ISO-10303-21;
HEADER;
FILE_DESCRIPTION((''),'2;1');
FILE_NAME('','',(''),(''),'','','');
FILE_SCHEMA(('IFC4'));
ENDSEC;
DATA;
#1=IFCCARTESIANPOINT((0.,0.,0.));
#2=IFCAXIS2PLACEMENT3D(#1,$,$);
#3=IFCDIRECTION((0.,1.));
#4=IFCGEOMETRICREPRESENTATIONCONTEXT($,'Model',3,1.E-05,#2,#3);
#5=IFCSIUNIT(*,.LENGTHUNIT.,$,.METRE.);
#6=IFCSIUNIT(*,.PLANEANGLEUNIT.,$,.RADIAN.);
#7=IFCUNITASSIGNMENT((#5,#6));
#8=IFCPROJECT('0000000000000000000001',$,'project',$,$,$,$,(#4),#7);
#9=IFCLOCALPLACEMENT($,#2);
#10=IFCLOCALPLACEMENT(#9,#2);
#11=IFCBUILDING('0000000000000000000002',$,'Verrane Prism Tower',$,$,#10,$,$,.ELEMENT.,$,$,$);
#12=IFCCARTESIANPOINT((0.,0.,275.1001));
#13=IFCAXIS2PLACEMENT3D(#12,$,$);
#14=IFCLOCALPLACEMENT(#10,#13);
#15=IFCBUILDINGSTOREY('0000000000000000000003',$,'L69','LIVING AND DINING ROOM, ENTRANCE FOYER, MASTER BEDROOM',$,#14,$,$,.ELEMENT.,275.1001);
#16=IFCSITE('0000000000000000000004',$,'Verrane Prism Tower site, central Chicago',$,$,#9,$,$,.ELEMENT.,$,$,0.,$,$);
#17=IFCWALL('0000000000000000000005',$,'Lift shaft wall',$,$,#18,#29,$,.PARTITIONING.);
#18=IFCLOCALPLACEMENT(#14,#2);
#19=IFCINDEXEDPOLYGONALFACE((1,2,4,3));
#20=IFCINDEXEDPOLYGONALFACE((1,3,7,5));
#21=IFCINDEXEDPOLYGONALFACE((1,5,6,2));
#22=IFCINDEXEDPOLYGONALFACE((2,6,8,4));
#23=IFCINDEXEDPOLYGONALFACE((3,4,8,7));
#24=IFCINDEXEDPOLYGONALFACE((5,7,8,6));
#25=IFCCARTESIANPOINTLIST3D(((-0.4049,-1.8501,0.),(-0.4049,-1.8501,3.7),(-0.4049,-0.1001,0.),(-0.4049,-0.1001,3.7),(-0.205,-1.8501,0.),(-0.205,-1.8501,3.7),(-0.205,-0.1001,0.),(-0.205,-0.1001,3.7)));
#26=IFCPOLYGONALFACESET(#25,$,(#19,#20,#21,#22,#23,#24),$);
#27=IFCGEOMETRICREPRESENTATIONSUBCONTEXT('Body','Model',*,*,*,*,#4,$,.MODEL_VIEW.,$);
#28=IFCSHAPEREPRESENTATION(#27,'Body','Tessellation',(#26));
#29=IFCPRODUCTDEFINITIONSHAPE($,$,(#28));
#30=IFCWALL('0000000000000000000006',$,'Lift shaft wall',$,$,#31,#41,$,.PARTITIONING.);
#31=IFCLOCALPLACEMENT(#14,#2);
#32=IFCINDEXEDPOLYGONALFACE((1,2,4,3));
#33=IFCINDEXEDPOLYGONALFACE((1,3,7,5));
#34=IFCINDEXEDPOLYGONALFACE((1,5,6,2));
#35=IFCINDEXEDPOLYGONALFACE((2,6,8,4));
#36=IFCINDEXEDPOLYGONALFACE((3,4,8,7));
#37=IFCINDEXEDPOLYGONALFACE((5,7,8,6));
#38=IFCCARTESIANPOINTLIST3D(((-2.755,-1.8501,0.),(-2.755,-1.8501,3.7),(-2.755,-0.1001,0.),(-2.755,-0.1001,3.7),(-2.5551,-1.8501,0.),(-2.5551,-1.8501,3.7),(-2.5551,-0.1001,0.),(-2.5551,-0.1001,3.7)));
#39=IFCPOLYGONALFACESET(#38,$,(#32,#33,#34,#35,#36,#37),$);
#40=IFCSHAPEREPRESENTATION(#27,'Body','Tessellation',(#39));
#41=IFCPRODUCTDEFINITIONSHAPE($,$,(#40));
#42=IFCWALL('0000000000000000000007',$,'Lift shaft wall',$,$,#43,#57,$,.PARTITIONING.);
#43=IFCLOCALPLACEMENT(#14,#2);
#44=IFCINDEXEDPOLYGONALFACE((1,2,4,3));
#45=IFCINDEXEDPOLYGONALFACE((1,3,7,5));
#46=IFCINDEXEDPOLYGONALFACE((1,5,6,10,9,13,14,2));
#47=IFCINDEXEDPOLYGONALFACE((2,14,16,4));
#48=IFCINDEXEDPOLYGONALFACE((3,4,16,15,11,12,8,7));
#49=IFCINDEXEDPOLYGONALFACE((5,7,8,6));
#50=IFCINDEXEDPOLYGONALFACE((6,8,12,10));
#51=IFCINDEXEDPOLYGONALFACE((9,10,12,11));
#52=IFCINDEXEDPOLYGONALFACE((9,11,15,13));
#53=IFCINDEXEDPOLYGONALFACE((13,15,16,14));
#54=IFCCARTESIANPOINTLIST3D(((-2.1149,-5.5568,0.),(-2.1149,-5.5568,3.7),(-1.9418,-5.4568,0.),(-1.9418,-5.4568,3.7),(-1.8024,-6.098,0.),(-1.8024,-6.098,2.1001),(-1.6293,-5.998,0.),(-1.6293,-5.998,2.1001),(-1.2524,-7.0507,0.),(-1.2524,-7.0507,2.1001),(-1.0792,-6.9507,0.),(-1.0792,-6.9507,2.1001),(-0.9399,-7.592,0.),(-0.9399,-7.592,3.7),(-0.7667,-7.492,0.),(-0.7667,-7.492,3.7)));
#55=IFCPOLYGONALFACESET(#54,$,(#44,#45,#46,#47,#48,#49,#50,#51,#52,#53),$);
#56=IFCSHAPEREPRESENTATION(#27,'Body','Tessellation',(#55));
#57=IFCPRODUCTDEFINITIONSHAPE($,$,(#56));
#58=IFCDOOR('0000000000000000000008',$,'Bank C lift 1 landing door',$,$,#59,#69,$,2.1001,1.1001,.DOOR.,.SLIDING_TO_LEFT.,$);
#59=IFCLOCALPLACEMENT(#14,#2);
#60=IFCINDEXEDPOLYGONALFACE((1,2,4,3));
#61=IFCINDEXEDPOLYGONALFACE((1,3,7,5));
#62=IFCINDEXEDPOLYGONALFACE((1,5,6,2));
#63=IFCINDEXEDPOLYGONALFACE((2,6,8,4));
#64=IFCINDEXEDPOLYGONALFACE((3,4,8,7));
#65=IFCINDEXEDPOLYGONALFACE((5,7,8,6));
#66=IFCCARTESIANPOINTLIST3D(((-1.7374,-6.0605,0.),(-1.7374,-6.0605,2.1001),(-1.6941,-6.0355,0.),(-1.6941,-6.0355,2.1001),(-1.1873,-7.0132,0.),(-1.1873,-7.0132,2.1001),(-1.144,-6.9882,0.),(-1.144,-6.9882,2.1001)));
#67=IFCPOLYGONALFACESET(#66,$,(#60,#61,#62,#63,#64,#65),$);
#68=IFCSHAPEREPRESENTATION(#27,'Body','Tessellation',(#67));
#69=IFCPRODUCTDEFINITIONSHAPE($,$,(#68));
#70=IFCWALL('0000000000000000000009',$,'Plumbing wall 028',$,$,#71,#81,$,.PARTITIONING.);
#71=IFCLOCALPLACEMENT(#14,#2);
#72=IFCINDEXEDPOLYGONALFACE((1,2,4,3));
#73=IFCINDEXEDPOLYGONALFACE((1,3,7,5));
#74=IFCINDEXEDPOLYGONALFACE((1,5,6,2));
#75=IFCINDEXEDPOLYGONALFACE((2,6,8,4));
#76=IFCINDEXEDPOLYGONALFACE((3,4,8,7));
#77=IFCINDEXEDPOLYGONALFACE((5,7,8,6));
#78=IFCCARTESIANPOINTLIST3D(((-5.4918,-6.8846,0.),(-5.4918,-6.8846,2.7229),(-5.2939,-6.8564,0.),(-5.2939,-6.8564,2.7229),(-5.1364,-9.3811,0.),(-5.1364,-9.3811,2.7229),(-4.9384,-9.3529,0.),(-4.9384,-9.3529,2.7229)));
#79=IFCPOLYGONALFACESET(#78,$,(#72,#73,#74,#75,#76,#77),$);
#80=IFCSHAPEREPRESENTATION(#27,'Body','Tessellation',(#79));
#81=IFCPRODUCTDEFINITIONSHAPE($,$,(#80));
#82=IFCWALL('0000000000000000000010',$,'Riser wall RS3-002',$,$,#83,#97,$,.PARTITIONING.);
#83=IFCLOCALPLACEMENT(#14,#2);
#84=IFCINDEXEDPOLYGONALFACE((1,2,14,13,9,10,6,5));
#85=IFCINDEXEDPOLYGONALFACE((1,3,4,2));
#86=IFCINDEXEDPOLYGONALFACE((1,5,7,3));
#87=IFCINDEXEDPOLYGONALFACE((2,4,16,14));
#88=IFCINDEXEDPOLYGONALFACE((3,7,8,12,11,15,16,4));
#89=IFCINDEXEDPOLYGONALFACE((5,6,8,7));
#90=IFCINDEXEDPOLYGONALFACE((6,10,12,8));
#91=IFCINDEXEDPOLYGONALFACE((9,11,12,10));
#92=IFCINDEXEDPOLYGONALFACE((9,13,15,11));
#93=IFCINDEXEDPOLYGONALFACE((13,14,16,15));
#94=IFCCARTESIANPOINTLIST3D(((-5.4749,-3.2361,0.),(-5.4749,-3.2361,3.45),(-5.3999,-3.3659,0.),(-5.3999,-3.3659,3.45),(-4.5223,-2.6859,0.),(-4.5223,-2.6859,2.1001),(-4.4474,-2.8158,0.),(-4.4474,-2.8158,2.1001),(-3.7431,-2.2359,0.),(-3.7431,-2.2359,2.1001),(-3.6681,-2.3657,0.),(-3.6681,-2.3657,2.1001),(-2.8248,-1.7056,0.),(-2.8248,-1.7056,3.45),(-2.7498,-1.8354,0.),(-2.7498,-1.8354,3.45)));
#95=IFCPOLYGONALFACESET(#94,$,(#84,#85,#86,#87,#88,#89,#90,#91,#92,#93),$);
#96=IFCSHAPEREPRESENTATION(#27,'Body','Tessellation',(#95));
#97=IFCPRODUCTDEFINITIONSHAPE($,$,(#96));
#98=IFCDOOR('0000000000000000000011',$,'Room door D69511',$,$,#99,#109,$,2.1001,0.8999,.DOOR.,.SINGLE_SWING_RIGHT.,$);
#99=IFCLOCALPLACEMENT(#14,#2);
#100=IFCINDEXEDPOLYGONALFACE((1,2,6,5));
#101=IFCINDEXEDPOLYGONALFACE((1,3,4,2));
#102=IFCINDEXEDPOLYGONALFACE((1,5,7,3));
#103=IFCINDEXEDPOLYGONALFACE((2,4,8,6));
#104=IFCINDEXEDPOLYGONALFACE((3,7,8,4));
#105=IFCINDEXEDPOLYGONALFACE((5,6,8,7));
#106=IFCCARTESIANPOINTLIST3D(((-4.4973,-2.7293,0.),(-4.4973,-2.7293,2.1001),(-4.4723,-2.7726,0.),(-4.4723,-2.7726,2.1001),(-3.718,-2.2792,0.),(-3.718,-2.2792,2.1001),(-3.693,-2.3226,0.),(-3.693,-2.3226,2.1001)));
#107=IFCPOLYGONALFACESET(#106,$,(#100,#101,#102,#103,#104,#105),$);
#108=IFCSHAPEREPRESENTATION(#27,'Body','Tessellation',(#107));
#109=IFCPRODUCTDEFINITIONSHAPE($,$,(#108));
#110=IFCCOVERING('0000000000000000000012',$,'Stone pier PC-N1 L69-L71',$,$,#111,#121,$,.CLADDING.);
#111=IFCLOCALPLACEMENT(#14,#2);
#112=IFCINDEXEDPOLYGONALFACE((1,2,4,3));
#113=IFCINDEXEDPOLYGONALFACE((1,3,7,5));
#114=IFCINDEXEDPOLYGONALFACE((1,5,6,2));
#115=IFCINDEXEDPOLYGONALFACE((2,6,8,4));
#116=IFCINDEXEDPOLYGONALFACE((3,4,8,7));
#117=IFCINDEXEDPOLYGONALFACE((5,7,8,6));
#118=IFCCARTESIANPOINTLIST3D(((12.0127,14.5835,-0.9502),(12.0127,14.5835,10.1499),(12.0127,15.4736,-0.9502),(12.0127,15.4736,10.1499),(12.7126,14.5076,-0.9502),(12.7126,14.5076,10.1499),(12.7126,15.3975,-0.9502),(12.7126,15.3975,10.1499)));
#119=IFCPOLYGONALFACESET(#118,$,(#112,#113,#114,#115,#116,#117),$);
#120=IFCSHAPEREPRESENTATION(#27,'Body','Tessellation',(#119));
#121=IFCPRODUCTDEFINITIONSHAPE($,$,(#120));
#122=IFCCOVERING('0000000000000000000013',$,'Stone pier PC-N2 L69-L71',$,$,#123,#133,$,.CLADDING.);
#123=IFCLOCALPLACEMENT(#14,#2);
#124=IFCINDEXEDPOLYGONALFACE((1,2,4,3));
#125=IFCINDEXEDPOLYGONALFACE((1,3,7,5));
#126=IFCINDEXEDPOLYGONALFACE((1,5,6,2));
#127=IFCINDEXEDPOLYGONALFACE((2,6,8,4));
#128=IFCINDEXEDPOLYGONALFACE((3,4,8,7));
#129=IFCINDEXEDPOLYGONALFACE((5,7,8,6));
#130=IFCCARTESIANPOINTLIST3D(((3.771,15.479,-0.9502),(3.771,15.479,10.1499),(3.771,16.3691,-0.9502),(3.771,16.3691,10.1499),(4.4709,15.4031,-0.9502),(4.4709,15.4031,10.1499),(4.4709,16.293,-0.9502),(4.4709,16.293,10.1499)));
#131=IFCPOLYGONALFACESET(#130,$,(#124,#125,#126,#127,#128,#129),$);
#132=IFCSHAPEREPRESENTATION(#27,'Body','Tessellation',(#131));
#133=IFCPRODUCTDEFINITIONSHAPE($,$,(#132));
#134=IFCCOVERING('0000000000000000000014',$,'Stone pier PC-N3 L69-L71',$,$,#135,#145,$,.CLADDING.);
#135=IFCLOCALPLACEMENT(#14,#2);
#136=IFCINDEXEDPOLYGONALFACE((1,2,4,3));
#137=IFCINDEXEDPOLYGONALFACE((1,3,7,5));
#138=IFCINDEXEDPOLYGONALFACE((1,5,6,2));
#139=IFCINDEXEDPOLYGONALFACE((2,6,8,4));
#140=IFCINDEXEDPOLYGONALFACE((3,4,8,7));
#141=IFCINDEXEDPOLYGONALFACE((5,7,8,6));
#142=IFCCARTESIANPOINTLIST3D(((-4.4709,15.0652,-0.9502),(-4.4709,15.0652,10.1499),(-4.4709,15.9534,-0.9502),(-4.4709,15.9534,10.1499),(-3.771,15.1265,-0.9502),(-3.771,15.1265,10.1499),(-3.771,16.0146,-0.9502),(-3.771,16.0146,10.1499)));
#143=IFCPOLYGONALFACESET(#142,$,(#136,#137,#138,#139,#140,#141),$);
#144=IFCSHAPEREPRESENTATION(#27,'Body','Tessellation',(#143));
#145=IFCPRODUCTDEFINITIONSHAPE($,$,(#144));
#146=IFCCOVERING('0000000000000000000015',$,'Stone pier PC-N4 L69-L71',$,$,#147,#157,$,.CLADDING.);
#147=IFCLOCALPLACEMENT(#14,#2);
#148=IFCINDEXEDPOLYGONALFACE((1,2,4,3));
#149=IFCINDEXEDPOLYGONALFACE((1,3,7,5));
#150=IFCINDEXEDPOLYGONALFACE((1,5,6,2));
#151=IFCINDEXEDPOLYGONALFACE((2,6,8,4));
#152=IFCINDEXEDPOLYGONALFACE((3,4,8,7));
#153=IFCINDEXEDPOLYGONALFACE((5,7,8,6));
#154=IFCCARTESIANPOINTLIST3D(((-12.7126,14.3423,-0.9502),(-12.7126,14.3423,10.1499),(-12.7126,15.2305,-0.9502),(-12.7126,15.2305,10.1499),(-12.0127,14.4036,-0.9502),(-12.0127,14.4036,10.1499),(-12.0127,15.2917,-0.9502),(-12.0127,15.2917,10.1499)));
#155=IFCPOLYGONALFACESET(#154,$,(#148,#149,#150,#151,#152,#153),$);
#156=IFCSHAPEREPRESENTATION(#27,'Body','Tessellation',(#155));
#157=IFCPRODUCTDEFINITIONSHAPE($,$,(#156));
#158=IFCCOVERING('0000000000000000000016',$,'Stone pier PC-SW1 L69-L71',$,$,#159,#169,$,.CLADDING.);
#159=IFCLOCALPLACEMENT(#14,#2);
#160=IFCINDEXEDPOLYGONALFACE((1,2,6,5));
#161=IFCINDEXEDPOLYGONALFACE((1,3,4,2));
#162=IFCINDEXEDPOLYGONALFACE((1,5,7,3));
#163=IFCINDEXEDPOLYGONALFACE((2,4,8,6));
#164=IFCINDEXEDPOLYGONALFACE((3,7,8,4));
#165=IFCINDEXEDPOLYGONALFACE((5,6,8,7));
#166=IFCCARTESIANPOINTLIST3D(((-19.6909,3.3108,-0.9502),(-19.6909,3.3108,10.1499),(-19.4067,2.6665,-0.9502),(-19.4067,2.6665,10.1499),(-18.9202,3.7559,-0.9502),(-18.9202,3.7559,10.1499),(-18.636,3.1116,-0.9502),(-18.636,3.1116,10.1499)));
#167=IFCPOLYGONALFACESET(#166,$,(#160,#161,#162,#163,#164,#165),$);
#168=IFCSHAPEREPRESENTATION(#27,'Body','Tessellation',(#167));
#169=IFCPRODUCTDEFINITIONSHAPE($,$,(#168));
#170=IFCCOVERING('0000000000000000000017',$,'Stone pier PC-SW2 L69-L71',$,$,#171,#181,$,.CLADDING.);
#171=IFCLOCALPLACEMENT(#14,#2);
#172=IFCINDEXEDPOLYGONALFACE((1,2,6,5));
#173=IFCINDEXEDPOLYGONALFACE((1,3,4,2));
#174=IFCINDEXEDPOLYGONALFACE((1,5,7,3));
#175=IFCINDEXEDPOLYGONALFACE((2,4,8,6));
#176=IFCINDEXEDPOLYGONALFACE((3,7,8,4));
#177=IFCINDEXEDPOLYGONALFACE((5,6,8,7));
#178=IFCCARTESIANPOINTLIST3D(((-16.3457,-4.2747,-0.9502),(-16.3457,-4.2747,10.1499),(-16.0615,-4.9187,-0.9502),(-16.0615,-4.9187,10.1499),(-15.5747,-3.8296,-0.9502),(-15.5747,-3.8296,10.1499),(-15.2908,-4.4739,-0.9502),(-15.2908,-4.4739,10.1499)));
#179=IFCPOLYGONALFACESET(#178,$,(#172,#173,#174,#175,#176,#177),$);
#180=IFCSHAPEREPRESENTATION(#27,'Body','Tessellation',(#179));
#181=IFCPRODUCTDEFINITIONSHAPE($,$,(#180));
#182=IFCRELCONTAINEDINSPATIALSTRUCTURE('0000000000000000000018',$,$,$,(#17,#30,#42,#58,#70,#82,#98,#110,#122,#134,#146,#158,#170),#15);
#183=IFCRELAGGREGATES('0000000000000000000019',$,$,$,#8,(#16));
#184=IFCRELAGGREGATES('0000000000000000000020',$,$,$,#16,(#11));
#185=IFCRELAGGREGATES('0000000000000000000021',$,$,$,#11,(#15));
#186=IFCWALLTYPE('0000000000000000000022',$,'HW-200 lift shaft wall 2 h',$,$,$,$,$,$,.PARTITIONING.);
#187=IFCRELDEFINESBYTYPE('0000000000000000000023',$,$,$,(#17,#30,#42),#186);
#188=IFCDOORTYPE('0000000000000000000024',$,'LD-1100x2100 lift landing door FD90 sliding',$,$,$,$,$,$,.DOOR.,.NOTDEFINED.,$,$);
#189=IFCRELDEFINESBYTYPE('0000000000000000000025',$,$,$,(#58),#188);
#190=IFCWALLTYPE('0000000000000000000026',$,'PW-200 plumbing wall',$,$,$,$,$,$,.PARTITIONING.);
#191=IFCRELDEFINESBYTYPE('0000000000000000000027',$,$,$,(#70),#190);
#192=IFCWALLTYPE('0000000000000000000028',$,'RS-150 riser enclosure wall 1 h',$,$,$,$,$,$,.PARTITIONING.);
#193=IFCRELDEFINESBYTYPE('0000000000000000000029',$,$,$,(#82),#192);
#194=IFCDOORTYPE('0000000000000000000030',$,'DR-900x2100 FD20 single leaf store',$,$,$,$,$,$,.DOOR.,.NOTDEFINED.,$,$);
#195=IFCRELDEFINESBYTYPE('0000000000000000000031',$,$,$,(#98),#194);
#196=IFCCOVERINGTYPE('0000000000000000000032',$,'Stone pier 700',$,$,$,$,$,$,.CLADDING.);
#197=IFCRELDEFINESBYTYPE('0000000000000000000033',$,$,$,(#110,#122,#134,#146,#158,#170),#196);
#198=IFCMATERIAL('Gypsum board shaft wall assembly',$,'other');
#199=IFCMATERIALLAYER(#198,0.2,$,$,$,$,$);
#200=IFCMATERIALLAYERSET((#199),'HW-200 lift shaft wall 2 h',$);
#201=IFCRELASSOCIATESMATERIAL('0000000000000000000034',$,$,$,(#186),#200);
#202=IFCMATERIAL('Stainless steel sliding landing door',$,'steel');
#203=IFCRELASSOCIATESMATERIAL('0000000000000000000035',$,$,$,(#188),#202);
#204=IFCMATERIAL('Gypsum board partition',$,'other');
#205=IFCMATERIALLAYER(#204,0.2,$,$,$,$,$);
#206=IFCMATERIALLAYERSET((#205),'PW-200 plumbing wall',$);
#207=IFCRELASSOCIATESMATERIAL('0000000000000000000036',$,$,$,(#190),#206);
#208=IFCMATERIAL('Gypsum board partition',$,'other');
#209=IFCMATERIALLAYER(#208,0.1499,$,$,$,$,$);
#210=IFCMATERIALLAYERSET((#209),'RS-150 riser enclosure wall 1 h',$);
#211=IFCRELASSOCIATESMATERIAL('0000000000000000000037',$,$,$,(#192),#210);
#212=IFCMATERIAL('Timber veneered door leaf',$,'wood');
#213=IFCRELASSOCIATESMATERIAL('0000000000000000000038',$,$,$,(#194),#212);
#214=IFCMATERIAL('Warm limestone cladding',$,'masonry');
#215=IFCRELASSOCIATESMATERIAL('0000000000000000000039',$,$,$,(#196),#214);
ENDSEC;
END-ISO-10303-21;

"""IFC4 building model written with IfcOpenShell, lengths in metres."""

from ifc_helpers import new_model, si_unit, direction, frame, frame_2d, origin, place, context, subcontext, project, spatial, polyline, rectangle, outline, extrude, material, layer, layer_set, type_object, element, fill, save


model = new_model("IFC4")

# Units and contexts
model_context = context("Model", 3, precision=1e-05, world=origin(), true_north=direction((0.0, 1.0)))
body_context = subcontext(model_context, "Body", "Model", "MODEL_VIEW")
ifc_project = project(units=[si_unit("LENGTHUNIT", "METRE"), si_unit("PLANEANGLEUNIT", "RADIAN")], contexts=[model_context])

# Site, building, storey
site_placement = place(None, origin())
site = spatial("IfcSite", under=ifc_project, at=site_placement, Name="Verrane Prism Tower site, central Chicago", CompositionType="ELEMENT", RefElevation=0.0)
building_placement = place(site_placement, origin())
building = spatial("IfcBuilding", under=site, at=building_placement, Name="Verrane Prism Tower", CompositionType="ELEMENT")
storey_placement = place(building_placement, frame((0.0, 0.0, 275.1001)))
storey = spatial("IfcBuildingStorey", under=building, at=storey_placement, Name="L69", Description="LIVING AND DINING ROOM, ENTRANCE FOYER, MASTER BEDROOM", CompositionType="ELEMENT", Elevation=275.1001)

# Shared definitions
ifc_material_1 = material(Name="Gypsum board shaft wall assembly", Category="other")
ifc_layer_1 = layer(ifc_material_1, 0.2)
ifc_layer_set_1 = layer_set([ifc_layer_1], Name="HW-200 lift shaft wall 2 h")
wall_type_1 = type_object("IfcWallType", Name="HW-200 lift shaft wall 2 h", PredefinedType="PARTITIONING", material=ifc_layer_set_1)
ifc_material_2 = material(Name="Stainless steel sliding landing door", Category="steel")
door_type_1 = type_object("IfcDoorType", Name="LD-1100x2100 lift landing door FD90 sliding", OperationType="NOTDEFINED", PredefinedType="DOOR", material=ifc_material_2)

# Walls
for number, where, z_axis, x_axis, name in (
    (1, (-0.3049, -1.8501, 0.0), (0.0, 0.0, 1.0), (0.0, 1.0, 0.0), "Lift shaft wall"),
    (2, (-2.655, -1.8501, 0.0), (0.0, 0.0, 1.0), (0.0, 1.0, 0.0), "Lift shaft wall"),
):
    element("IfcWall", number, at=place(storey_placement, frame(where, z_axis=z_axis, x_axis=x_axis)), inside=storey, type_object=wall_type_1, Name=name, PredefinedType="PARTITIONING", context=body_context, shape_type="SweptSolid", body=[
        extrude(rectangle(XDim=1.75, YDim=0.2, at=frame_2d((0.875, 0.0))), origin(), (0.0, 0.0, 1.0), 3.7),
    ])

# Wall, opening, door
wall_1_placement = place(storey_placement, frame((-0.8533, -7.542, 0.0), z_axis=(0.0, 0.0, 1.0), x_axis=(-0.500016, 0.866016, 0.0)))
wall_1 = element("IfcWall", 3, at=wall_1_placement, inside=storey, type_object=wall_type_1, Name="Lift shaft wall", PredefinedType="PARTITIONING", context=body_context, shape_type="SweptSolid", body=[
    extrude(rectangle(XDim=2.3501, YDim=0.2, at=frame_2d((1.175, 0.0))), origin(), (0.0, 0.0, 1.0), 3.7),
])
opening_1_placement = place(wall_1_placement, frame((0.625, 0.0, 0.0)))
opening_1 = element("IfcOpeningElement", 4, at=opening_1_placement, cuts=wall_1, PredefinedType="OPENING", context=body_context, shape_type="SweptSolid", body=[
    extrude(rectangle(XDim=1.1001, YDim=2.1001, at=frame_2d((0.55, 1.05))), frame((0.0, 0.1099, 0.0), z_axis=(0.0, -1.0, 0.0), x_axis=(1.0, 0.0, 0.0)), (0.0, 0.0, 1.0), 0.22),
])
door_1_placement = place(opening_1_placement, origin())
door_1 = element("IfcDoor", 5, at=door_1_placement, inside=storey, type_object=door_type_1, Name="Bank C lift 1 landing door", OperationType="SLIDING_TO_LEFT", OverallHeight=2.1001, OverallWidth=1.1001, PredefinedType="DOOR", context=body_context, shape_type="SweptSolid", body=[
    extrude(rectangle(XDim=1.1001, YDim=2.1001, at=frame_2d((0.55, 1.05))), frame((0.0, 0.0249, 0.0), z_axis=(0.0, -1.0, 0.0), x_axis=(1.0, 0.0, 0.0)), (0.0, 0.0, 1.0), 0.05),
])
fill(opening_1, door_1)

# Wall
ifc_material_3 = material(Name="Gypsum board partition", Category="other")
ifc_layer_2 = layer(ifc_material_3, 0.2)
ifc_layer_set_2 = layer_set([ifc_layer_2], Name="PW-200 plumbing wall")
wall_type_2 = type_object("IfcWallType", Name="PW-200 plumbing wall", PredefinedType="PARTITIONING", material=ifc_layer_set_2)
wall_2_placement = place(storey_placement, frame((-5.3928, -6.8706, 0.0), z_axis=(0.0, 0.0, 1.0), x_axis=(0.140961, -0.990015, 0.0)))
element("IfcWall", 6, at=wall_2_placement, inside=storey, type_object=wall_type_2, Name="Plumbing wall 028", PredefinedType="PARTITIONING", context=body_context, shape_type="SweptSolid", body=[
    extrude(rectangle(XDim=2.5217, YDim=0.2, at=frame_2d((1.2607, 0.0))), origin(), (0.0, 0.0, 1.0), 2.7229),
])

# Wall, opening, door
ifc_material_4 = material(Name="Gypsum board partition", Category="other")
ifc_layer_3 = layer(ifc_material_4, 0.1499)
ifc_layer_set_3 = layer_set([ifc_layer_3], Name="RS-150 riser enclosure wall 1 h")
wall_type_3 = type_object("IfcWallType", Name="RS-150 riser enclosure wall 1 h", PredefinedType="PARTITIONING", material=ifc_layer_set_3)
wall_3_placement = place(storey_placement, frame((-5.4375, -3.301, 0.0), z_axis=(0.0, 0.0, 1.0), x_axis=(0.865961, 0.500111, 0.0)))
wall_3 = element("IfcWall", 7, at=wall_3_placement, inside=storey, type_object=wall_type_3, Name="Riser wall RS3-002", PredefinedType="PARTITIONING", context=body_context, shape_type="SweptSolid", body=[
    extrude(rectangle(XDim=3.0603, YDim=0.1499, at=frame_2d((1.5303, 0.0))), origin(), (0.0, 0.0, 1.0), 3.45),
])
opening_2_placement = place(wall_3_placement, frame((1.1001, 0.0, 0.0)))
opening_2 = element("IfcOpeningElement", 8, at=opening_2_placement, cuts=wall_3, PredefinedType="OPENING", context=body_context, shape_type="SweptSolid", body=[
    extrude(rectangle(XDim=0.8999, YDim=2.1001, at=frame_2d((0.45, 1.05))), frame((0.0, 0.085, 0.0), z_axis=(0.0, -1.0, 0.0), x_axis=(1.0, 0.0, 0.0)), (0.0, 0.0, 1.0), 0.1699),
])
ifc_material_5 = material(Name="Timber veneered door leaf", Category="wood")
door_type_2 = type_object("IfcDoorType", Name="DR-900x2100 FD20 single leaf store", OperationType="NOTDEFINED", PredefinedType="DOOR", material=ifc_material_5)
door_2_placement = place(opening_2_placement, origin())
door_2 = element("IfcDoor", 9, at=door_2_placement, inside=storey, type_object=door_type_2, Name="Room door D69511", OperationType="SINGLE_SWING_RIGHT", OverallHeight=2.1001, OverallWidth=0.8999, PredefinedType="DOOR", context=body_context, shape_type="SweptSolid", body=[
    extrude(rectangle(XDim=0.8999, YDim=2.1001, at=frame_2d((0.45, 1.05))), frame((0.0, 0.0249, 0.0), z_axis=(0.0, -1.0, 0.0), x_axis=(1.0, 0.0, 0.0)), (0.0, 0.0, 1.0), 0.05),
])
fill(opening_2, door_2)

# Coverings
ifc_material_6 = material(Name="Warm limestone cladding", Category="masonry")
covering_type = type_object("IfcCoveringType", Name="Stone pier 700", PredefinedType="CLADDING", material=ifc_material_6)
covering_1_placement = place(storey_placement, frame((0.0, 0.0, -0.9502)))
element("IfcCovering", 10, at=covering_1_placement, inside=storey, type_object=covering_type, Name="Stone pier PC-N1 L69-L71", PredefinedType="CLADDING", context=body_context, shape_type="SweptSolid", body=[
    extrude(outline(polyline([(12.0127, 15.4736), (12.0127, 14.5835), (12.7126, 14.5076), (12.7126, 15.3975), (12.0127, 15.4736)])), origin(), (0.0, 0.0, 1.0), 11.1001),
])
covering_2_placement = place(storey_placement, frame((0.0, 0.0, -0.9502)))
element("IfcCovering", 11, at=covering_2_placement, inside=storey, type_object=covering_type, Name="Stone pier PC-N2 L69-L71", PredefinedType="CLADDING", context=body_context, shape_type="SweptSolid", body=[
    extrude(outline(polyline([(3.771, 16.3691), (3.771, 15.479), (4.4709, 15.4031), (4.4709, 16.293), (3.771, 16.3691)])), origin(), (0.0, 0.0, 1.0), 11.1001),
])
covering_3_placement = place(storey_placement, frame((0.0, 0.0, -0.9502)))
element("IfcCovering", 12, at=covering_3_placement, inside=storey, type_object=covering_type, Name="Stone pier PC-N3 L69-L71", PredefinedType="CLADDING", context=body_context, shape_type="SweptSolid", body=[
    extrude(outline(polyline([(-4.4709, 15.9534), (-4.4709, 15.0652), (-3.771, 15.1265), (-3.771, 16.0146), (-4.4709, 15.9534)])), origin(), (0.0, 0.0, 1.0), 11.1001),
])
covering_4_placement = place(storey_placement, frame((0.0, 0.0, -0.9502)))
element("IfcCovering", 13, at=covering_4_placement, inside=storey, type_object=covering_type, Name="Stone pier PC-N4 L69-L71", PredefinedType="CLADDING", context=body_context, shape_type="SweptSolid", body=[
    extrude(outline(polyline([(-12.7126, 15.2305), (-12.7126, 14.3423), (-12.0127, 14.4036), (-12.0127, 15.2917), (-12.7126, 15.2305)])), origin(), (0.0, 0.0, 1.0), 11.1001),
])
covering_5_placement = place(storey_placement, frame((0.0, 0.0, -0.9502)))
element("IfcCovering", 14, at=covering_5_placement, inside=storey, type_object=covering_type, Name="Stone pier PC-SW1 L69-L71", PredefinedType="CLADDING", context=body_context, shape_type="SweptSolid", body=[
    extrude(outline(polyline([(-19.4067, 2.6665), (-18.636, 3.1116), (-18.9202, 3.7559), (-19.6909, 3.3108), (-19.4067, 2.6665)])), origin(), (0.0, 0.0, 1.0), 11.1001),
])
covering_6_placement = place(storey_placement, frame((0.0, 0.0, -0.9502)))
element("IfcCovering", 15, at=covering_6_placement, inside=storey, type_object=covering_type, Name="Stone pier PC-SW2 L69-L71", PredefinedType="CLADDING", context=body_context, shape_type="SweptSolid", body=[
    extrude(outline(polyline([(-16.0615, -4.9187), (-15.2908, -4.4739), (-15.5747, -3.8296), (-16.3457, -4.2747), (-16.0615, -4.9187)])), origin(), (0.0, 0.0, 1.0), 11.1001),
])

save(model, "model.ifc")
